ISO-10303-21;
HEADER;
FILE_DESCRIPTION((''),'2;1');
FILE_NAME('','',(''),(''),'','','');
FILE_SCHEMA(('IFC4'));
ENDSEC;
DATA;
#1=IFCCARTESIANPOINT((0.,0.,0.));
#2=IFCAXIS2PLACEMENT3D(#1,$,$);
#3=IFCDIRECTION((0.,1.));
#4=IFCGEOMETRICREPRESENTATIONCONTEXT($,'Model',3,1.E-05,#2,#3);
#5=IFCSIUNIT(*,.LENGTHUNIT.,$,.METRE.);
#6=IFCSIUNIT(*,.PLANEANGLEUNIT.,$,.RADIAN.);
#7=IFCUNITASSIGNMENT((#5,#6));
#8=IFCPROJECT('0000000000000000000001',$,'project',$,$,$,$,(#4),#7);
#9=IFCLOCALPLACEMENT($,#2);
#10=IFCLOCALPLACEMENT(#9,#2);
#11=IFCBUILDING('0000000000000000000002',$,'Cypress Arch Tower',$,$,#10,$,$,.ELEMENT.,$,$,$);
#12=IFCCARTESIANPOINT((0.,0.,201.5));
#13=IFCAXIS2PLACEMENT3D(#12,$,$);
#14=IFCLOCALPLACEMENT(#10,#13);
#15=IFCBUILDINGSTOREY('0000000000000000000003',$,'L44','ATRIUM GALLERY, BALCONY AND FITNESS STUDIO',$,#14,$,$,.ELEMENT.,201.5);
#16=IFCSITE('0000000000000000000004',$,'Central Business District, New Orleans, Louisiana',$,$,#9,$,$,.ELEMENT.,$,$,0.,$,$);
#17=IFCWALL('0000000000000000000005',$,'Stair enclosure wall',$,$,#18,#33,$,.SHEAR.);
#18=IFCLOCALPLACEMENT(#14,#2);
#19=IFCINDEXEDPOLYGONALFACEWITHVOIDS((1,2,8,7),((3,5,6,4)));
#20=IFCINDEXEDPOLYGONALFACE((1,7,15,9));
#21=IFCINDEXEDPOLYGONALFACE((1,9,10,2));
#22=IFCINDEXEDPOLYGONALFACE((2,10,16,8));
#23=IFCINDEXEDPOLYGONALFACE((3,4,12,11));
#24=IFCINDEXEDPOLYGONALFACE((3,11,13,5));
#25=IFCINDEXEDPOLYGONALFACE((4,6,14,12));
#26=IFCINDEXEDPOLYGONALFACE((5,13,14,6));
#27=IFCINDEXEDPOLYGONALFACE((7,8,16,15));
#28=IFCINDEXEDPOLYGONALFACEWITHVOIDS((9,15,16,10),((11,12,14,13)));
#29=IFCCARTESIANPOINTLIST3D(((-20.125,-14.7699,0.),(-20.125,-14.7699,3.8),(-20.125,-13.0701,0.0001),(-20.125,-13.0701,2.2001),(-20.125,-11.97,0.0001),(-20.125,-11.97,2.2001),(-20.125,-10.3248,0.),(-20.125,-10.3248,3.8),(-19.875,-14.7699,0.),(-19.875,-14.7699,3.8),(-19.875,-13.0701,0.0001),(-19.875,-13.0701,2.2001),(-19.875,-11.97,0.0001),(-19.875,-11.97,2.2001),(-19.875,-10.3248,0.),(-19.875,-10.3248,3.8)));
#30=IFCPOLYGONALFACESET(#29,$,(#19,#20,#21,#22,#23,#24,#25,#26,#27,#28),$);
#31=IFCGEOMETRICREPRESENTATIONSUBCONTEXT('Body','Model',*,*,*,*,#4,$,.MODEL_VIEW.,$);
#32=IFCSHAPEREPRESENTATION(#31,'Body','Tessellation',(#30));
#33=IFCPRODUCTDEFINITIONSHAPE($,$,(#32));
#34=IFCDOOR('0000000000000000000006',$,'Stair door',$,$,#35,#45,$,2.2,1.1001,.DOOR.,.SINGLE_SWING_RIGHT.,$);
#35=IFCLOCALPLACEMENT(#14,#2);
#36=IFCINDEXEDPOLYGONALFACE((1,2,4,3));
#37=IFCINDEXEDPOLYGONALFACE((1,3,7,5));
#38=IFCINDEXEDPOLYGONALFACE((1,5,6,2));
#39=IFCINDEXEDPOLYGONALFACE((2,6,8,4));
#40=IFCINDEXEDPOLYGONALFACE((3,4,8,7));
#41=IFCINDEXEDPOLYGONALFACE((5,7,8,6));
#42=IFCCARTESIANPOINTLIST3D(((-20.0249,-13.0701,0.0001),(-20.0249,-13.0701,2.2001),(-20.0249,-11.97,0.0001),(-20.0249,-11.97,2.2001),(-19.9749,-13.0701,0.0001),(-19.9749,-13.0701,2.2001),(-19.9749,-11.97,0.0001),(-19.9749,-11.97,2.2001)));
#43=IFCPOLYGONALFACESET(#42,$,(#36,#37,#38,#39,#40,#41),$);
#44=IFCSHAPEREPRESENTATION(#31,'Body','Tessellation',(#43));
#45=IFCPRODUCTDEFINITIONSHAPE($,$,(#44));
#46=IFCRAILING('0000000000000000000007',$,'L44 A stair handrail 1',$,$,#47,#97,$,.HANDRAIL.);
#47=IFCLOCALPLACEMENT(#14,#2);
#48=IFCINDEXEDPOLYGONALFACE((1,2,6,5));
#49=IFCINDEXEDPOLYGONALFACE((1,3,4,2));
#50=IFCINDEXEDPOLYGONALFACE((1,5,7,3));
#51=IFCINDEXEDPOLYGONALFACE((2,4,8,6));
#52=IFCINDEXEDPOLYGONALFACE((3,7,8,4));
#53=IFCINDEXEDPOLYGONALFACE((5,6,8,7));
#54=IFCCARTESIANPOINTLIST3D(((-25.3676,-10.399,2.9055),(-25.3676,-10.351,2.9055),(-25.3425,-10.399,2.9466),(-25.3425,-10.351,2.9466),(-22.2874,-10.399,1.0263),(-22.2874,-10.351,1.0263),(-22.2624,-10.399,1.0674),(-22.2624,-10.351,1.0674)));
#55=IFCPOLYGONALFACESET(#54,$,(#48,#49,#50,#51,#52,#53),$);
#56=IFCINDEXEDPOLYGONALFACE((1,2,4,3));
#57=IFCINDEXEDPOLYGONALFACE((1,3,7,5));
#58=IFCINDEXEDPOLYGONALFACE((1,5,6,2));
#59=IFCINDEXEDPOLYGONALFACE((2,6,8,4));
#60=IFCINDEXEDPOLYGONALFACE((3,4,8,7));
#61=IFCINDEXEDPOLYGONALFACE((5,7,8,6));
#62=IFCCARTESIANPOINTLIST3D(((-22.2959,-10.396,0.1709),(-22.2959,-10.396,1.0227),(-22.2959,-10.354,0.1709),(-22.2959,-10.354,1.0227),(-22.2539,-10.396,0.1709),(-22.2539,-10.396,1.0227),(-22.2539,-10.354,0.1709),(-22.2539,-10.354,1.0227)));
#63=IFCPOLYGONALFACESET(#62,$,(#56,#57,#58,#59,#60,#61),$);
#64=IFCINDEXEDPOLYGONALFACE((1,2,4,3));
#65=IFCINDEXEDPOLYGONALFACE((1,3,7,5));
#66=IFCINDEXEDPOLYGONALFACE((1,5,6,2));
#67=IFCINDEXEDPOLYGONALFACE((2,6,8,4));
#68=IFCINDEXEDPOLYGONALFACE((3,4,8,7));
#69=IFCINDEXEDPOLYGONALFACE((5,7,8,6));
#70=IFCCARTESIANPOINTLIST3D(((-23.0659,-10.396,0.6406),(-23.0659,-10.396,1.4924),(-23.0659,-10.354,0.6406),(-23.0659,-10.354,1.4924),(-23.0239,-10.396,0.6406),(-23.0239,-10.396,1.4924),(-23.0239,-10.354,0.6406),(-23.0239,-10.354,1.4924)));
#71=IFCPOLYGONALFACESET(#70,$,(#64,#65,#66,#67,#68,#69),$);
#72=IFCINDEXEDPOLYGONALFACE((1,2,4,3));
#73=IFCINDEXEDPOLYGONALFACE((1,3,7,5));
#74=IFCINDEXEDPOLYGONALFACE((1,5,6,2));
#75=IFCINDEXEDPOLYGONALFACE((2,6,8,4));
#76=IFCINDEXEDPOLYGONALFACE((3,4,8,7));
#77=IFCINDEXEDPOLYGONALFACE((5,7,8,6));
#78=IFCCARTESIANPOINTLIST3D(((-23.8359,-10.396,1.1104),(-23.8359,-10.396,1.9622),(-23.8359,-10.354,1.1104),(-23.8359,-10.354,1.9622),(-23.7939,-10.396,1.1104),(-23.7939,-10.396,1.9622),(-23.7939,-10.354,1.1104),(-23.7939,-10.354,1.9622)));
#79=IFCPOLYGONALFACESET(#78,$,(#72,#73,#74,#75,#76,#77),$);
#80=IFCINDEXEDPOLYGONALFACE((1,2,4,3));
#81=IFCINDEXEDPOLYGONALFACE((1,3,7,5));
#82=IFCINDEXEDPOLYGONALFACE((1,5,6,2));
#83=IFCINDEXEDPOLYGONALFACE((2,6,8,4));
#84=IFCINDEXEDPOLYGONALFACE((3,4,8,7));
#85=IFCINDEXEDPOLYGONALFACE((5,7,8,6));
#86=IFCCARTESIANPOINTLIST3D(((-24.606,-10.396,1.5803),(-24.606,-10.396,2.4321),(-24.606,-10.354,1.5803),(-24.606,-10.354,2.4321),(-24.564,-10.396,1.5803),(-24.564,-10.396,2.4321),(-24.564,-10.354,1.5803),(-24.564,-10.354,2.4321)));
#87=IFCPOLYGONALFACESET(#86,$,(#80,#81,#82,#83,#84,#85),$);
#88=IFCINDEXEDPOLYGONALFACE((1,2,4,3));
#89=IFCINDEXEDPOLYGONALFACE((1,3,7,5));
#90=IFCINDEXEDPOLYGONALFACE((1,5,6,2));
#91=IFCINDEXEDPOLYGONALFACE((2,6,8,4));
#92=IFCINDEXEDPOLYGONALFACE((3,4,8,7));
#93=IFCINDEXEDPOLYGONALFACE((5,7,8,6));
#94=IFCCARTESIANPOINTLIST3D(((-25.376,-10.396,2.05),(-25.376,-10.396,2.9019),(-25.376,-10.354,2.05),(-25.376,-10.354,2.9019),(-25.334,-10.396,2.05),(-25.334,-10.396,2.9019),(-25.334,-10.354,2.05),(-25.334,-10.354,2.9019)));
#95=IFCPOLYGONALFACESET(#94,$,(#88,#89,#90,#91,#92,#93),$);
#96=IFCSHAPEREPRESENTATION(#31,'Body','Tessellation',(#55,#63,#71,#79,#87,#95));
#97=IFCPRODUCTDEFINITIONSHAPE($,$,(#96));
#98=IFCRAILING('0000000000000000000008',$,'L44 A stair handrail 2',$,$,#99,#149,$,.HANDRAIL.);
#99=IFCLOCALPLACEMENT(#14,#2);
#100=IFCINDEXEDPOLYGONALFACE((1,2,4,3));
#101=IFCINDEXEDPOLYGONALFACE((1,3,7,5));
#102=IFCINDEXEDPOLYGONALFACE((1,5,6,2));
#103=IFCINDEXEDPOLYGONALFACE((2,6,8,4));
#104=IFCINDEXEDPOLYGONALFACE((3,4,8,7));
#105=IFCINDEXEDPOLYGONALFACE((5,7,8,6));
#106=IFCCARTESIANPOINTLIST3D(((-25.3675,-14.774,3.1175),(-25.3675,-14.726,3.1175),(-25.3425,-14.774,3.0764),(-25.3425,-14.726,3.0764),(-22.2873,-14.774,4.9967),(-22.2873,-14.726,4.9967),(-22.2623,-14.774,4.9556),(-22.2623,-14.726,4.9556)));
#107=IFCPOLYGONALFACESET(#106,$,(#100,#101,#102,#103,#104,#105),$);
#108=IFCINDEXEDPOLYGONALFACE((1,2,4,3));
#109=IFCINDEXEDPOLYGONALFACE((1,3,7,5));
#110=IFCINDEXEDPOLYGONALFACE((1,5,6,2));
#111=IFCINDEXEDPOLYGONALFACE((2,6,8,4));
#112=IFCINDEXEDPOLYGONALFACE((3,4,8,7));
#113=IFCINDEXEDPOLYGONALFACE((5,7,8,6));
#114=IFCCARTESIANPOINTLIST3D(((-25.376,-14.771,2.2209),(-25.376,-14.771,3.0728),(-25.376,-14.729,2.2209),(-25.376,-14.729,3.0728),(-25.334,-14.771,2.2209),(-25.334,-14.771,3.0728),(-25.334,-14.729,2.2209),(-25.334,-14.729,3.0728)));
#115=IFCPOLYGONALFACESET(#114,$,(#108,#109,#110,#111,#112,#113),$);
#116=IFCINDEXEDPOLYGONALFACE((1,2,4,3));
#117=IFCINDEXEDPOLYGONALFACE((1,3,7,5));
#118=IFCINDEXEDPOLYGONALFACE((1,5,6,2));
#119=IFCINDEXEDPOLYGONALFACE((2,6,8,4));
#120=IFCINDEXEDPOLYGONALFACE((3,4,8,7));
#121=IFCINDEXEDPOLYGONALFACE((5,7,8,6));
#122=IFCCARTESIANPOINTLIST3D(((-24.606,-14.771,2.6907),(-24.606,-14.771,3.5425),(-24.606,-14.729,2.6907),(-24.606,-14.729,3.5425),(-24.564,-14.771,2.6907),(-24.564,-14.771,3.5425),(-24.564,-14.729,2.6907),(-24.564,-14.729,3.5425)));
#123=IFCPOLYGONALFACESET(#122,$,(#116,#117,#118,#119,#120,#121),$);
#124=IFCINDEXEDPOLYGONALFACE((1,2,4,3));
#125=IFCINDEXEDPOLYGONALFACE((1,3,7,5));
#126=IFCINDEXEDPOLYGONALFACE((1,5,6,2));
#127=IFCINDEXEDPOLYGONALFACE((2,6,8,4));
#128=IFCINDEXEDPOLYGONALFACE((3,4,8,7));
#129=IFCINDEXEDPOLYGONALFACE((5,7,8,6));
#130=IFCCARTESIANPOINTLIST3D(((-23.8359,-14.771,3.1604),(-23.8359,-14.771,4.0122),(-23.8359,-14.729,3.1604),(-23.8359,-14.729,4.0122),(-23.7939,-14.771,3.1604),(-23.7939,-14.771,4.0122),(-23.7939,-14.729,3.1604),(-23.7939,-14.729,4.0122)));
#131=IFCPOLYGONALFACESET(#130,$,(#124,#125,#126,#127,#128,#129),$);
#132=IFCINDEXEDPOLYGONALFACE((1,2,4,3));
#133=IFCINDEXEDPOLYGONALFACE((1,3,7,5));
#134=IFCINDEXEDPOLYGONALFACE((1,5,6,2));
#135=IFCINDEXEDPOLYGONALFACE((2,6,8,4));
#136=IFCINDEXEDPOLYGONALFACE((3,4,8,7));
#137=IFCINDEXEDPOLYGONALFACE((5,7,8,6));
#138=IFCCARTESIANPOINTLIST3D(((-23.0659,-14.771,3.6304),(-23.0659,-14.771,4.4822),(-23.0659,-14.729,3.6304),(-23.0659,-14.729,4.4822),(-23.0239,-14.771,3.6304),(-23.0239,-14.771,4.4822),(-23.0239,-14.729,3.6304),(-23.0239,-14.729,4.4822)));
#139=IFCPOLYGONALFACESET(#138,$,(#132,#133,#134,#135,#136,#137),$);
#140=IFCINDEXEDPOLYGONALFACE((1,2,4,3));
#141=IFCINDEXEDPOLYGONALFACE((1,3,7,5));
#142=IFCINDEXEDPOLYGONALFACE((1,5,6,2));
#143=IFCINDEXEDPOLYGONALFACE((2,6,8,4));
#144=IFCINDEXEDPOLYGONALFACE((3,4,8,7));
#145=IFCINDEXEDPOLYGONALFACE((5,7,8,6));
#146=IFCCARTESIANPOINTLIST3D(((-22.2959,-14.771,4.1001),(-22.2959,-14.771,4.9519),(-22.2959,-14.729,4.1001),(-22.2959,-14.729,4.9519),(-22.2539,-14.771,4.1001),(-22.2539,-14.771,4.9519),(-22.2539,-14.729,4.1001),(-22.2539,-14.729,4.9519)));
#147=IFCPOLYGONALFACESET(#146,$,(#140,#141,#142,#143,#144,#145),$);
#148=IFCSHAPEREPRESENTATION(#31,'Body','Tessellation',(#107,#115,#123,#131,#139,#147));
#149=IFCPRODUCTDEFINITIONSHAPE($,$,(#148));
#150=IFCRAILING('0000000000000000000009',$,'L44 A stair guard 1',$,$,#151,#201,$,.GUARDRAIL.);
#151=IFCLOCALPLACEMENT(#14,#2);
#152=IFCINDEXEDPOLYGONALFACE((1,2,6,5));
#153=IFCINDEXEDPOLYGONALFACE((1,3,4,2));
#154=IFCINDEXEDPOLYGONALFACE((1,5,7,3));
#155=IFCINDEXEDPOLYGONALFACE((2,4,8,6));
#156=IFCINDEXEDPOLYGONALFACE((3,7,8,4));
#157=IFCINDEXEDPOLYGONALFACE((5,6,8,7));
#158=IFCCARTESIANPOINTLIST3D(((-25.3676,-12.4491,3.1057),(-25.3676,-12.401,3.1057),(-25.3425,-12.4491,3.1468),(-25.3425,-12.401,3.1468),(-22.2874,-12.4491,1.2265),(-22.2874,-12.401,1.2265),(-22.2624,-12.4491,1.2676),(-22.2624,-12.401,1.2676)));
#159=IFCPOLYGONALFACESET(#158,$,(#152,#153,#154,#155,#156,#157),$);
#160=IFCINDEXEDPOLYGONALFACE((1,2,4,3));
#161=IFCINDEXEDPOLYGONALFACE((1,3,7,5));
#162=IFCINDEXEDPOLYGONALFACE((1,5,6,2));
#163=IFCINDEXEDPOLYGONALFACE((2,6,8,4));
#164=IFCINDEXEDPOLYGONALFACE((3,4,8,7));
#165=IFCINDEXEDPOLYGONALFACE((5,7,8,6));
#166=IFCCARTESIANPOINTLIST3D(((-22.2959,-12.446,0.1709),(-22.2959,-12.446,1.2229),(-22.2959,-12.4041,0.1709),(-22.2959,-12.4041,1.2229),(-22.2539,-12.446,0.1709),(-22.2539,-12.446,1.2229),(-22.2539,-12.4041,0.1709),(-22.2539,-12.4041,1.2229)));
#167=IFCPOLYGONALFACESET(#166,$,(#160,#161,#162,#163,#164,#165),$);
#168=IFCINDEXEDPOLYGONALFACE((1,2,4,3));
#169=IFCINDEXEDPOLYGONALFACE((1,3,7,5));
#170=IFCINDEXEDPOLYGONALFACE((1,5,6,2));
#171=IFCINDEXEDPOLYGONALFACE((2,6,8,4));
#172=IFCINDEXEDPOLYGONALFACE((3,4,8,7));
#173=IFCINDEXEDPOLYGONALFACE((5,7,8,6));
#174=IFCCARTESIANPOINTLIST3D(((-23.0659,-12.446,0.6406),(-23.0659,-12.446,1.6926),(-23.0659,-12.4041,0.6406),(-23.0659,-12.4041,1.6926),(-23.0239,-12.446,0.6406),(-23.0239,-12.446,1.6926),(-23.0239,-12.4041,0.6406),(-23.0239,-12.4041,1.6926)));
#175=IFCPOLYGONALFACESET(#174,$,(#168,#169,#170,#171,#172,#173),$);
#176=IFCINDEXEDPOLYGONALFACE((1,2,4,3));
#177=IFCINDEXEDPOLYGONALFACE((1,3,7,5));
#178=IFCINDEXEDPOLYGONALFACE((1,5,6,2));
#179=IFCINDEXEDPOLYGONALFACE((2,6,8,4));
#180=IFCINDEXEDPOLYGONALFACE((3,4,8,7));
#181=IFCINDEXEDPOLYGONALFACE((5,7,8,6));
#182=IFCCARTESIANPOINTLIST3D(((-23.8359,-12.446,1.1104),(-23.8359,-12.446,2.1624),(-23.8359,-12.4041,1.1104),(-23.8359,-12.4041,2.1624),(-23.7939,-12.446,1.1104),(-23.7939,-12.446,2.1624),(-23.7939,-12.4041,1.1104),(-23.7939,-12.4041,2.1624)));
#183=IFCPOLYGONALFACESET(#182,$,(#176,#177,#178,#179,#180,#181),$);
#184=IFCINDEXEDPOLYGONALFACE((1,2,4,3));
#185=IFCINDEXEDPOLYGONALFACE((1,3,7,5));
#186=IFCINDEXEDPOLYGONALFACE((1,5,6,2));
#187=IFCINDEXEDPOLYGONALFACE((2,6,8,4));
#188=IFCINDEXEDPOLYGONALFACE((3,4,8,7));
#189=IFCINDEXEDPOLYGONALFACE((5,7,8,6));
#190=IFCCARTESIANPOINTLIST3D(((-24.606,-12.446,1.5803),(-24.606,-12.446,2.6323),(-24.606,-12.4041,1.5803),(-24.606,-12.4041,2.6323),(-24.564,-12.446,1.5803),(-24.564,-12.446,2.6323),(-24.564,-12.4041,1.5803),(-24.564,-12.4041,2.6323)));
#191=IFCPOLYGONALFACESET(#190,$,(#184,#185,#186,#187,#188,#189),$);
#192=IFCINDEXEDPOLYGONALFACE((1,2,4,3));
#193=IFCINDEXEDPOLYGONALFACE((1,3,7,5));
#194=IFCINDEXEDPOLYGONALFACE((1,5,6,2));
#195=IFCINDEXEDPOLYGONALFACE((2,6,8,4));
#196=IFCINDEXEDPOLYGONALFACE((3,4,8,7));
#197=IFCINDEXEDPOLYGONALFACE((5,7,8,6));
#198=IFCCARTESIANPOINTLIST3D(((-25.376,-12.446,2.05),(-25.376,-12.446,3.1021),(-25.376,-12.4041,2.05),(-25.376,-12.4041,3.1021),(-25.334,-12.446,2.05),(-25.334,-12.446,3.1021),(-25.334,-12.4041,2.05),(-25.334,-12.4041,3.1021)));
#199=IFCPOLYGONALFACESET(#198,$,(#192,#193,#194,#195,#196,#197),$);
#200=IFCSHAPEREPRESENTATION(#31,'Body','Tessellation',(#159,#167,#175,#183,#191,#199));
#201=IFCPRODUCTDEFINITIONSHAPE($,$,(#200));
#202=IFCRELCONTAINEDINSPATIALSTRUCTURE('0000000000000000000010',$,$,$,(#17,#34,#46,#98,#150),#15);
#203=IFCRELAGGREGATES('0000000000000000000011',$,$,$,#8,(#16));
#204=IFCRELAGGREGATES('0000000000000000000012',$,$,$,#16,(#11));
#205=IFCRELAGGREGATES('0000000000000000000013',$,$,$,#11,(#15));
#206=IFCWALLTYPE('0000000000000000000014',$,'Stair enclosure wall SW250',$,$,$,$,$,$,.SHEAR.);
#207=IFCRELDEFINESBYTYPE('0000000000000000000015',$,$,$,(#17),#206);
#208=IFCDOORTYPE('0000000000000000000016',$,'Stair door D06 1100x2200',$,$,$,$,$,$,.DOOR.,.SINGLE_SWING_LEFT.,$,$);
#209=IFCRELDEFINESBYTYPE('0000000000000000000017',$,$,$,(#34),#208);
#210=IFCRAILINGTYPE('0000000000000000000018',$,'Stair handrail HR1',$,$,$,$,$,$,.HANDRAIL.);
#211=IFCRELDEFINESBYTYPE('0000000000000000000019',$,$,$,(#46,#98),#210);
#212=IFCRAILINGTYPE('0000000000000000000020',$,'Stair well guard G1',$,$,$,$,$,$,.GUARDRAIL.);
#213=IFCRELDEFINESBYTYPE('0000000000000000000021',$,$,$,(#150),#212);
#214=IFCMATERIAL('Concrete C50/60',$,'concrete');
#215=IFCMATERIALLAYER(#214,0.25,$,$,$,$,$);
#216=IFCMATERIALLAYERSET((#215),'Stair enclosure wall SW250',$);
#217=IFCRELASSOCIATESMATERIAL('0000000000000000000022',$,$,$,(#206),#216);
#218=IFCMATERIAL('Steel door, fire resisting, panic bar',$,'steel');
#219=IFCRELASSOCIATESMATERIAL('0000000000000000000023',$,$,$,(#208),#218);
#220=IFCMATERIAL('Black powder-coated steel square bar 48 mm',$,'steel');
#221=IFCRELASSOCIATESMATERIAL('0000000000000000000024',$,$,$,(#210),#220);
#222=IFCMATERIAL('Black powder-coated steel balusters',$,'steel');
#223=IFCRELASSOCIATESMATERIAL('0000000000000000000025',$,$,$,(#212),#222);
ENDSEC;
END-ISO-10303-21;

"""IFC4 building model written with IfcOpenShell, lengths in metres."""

from ifc_helpers import new_model, si_unit, direction, frame, frame_2d, origin, origin_2d, place, context, subcontext, project, spatial, rectangle, extrude, material, layer, layer_set, type_object, element, fill, save


model = new_model("IFC4")

# Units and contexts
model_context = context("Model", 3, precision=1e-05, world=origin(), true_north=direction((0.0, 1.0)))
body_context = subcontext(model_context, "Body", "Model", "MODEL_VIEW")
ifc_project = project(units=[si_unit("LENGTHUNIT", "METRE"), si_unit("PLANEANGLEUNIT", "RADIAN")], contexts=[model_context])

# Site, building, storey
site_placement = place(None, origin())
site = spatial("IfcSite", under=ifc_project, at=site_placement, Name="Central Business District, New Orleans, Louisiana", CompositionType="ELEMENT", RefElevation=0.0)
building_placement = place(site_placement, origin())
building = spatial("IfcBuilding", under=site, at=building_placement, Name="Cypress Arch Tower", CompositionType="ELEMENT")
storey_placement = place(building_placement, frame((0.0, 0.0, 201.5)))
storey = spatial("IfcBuildingStorey", under=building, at=storey_placement, Name="L44", Description="ATRIUM GALLERY, BALCONY AND FITNESS STUDIO", CompositionType="ELEMENT", Elevation=201.5)

# Wall, opening, door
ifc_material_1 = material(Name="Concrete C50/60", Category="concrete")
ifc_layer_1 = layer(ifc_material_1, 0.25)
ifc_layer_set_1 = layer_set([ifc_layer_1], Name="Stair enclosure wall SW250")
wall_type_1 = type_object("IfcWallType", Name="Stair enclosure wall SW250", PredefinedType="SHEAR", material=ifc_layer_set_1)
wall_1_placement = place(storey_placement, frame((-20.0, -14.77, 0.0), z_axis=(0.0, 0.0, 1.0), x_axis=(0.0, 1.0, 0.0)))
wall_1 = element("IfcWall", 1, at=wall_1_placement, inside=storey, type_object=wall_type_1, Name="Stair enclosure wall", PredefinedType="SHEAR", context=body_context, shape_type="SweptSolid", body=[
    extrude(rectangle(XDim=4.4451, YDim=0.25, at=frame_2d((2.2227, 0.0))), origin(), (0.0, 0.0, 1.0), 3.8),
])
opening_1_placement = place(wall_1_placement, frame((1.7, 0.0, 0.0)))
opening_1 = element("IfcOpeningElement", 2, at=opening_1_placement, cuts=wall_1, PredefinedType="OPENING", context=body_context, shape_type="SweptSolid", body=[
    extrude(rectangle(XDim=1.1001, YDim=2.2, at=frame_2d((0.55, 1.1001))), frame((0.0, 0.135, 0.0), z_axis=(0.0, -1.0, 0.0), x_axis=(1.0, 0.0, 0.0)), (0.0, 0.0, 1.0), 0.27),
])
ifc_material_2 = material(Name="Steel door, fire resisting, panic bar", Category="steel")
door_type = type_object("IfcDoorType", Name="Stair door D06 1100x2200", OperationType="SINGLE_SWING_LEFT", PredefinedType="DOOR", material=ifc_material_2)
door_placement = place(opening_1_placement, origin())
door = element("IfcDoor", 3, at=door_placement, inside=storey, type_object=door_type, Name="Stair door", OperationType="SINGLE_SWING_RIGHT", OverallHeight=2.2, OverallWidth=1.1001, PredefinedType="DOOR", context=body_context, shape_type="SweptSolid", body=[
    extrude(rectangle(XDim=1.1001, YDim=2.2, at=frame_2d((0.55, 1.1001))), frame((0.0, 0.0249, 0.0), z_axis=(0.0, -1.0, 0.0), x_axis=(1.0, 0.0, 0.0)), (0.0, 0.0, 1.0), 0.05),
])
fill(opening_1, door)

# Railings
ifc_material_3 = material(Name="Black powder-coated steel square bar 48 mm", Category="steel")
railing_type_1 = type_object("IfcRailingType", Name="Stair handrail HR1", PredefinedType="HANDRAIL", material=ifc_material_3)
railing_1_placement = place(storey_placement, frame((-22.2749, -10.375, 0.1709)))
element("IfcRailing", 4, at=railing_1_placement, inside=storey, type_object=railing_type_1, Name="L44 A stair handrail 1", PredefinedType="HANDRAIL", context=body_context, shape_type="SweptSolid", body=[
    extrude(rectangle(XDim=0.0481, YDim=0.0481, at=origin_2d()), frame((0.0, 0.0, 0.876), z_axis=(-0.853666, 0.0, 0.52082), x_axis=(0.0, -1.0, 0.0)), (0.0, 0.0, 1.0), 3.6082),
    extrude(rectangle(XDim=0.042, YDim=0.042, at=origin_2d()), origin(), (0.0, 0.0, 1.0), 0.8518),
    extrude(rectangle(XDim=0.042, YDim=0.042, at=origin_2d()), frame((-0.77, 0.0, 0.4697)), (0.0, 0.0, 1.0), 0.8518),
    extrude(rectangle(XDim=0.042, YDim=0.042, at=origin_2d()), frame((-1.54, 0.0, 0.9395)), (0.0, 0.0, 1.0), 0.8518),
    extrude(rectangle(XDim=0.042, YDim=0.042, at=origin_2d()), frame((-2.3101, 0.0, 1.4094)), (0.0, 0.0, 1.0), 0.8518),
    extrude(rectangle(XDim=0.042, YDim=0.042, at=origin_2d()), frame((-3.0801, 0.0, 1.8792)), (0.0, 0.0, 1.0), 0.8518),
])
railing_2_placement = place(storey_placement, frame((-25.355, -14.75, 2.2209)))
element("IfcRailing", 5, at=railing_2_placement, inside=storey, type_object=railing_type_1, Name="L44 A stair handrail 2", PredefinedType="HANDRAIL", context=body_context, shape_type="SweptSolid", body=[
    extrude(rectangle(XDim=0.0481, YDim=0.0481, at=origin_2d()), frame((0.0, 0.0, 0.876), z_axis=(0.853666, 0.0, 0.52082), x_axis=(0.0, 1.0, 0.0)), (0.0, 0.0, 1.0), 3.6082),
    extrude(rectangle(XDim=0.042, YDim=0.042, at=origin_2d()), origin(), (0.0, 0.0, 1.0), 0.8518),
    extrude(rectangle(XDim=0.042, YDim=0.042, at=origin_2d()), frame((0.77, 0.0, 0.4697)), (0.0, 0.0, 1.0), 0.8518),
    extrude(rectangle(XDim=0.042, YDim=0.042, at=origin_2d()), frame((1.54, 0.0, 0.9395)), (0.0, 0.0, 1.0), 0.8518),
    extrude(rectangle(XDim=0.042, YDim=0.042, at=origin_2d()), frame((2.3101, 0.0, 1.4094)), (0.0, 0.0, 1.0), 0.8518),
    extrude(rectangle(XDim=0.042, YDim=0.042, at=origin_2d()), frame((3.0801, 0.0, 1.8792)), (0.0, 0.0, 1.0), 0.8518),
])
ifc_material_4 = material(Name="Black powder-coated steel balusters", Category="steel")
railing_type_2 = type_object("IfcRailingType", Name="Stair well guard G1", PredefinedType="GUARDRAIL", material=ifc_material_4)
railing_3_placement = place(storey_placement, frame((-22.2749, -12.425, 0.1709)))
element("IfcRailing", 6, at=railing_3_placement, inside=storey, type_object=railing_type_2, Name="L44 A stair guard 1", PredefinedType="GUARDRAIL", context=body_context, shape_type="SweptSolid", body=[
    extrude(rectangle(XDim=0.0481, YDim=0.0481, at=origin_2d()), frame((0.0, 0.0, 1.0762), z_axis=(-0.853666, 0.0, 0.52082), x_axis=(0.0, -1.0, 0.0)), (0.0, 0.0, 1.0), 3.6082),
    extrude(rectangle(XDim=0.042, YDim=0.042, at=origin_2d()), origin(), (0.0, 0.0, 1.0), 1.052),
    extrude(rectangle(XDim=0.042, YDim=0.042, at=origin_2d()), frame((-0.77, 0.0, 0.4697)), (0.0, 0.0, 1.0), 1.052),
    extrude(rectangle(XDim=0.042, YDim=0.042, at=origin_2d()), frame((-1.54, 0.0, 0.9395)), (0.0, 0.0, 1.0), 1.052),
    extrude(rectangle(XDim=0.042, YDim=0.042, at=origin_2d()), frame((-2.3101, 0.0, 1.4094)), (0.0, 0.0, 1.0), 1.052),
    extrude(rectangle(XDim=0.042, YDim=0.042, at=origin_2d()), frame((-3.0801, 0.0, 1.8792)), (0.0, 0.0, 1.0), 1.052),
])

save(model, "model.ifc")
